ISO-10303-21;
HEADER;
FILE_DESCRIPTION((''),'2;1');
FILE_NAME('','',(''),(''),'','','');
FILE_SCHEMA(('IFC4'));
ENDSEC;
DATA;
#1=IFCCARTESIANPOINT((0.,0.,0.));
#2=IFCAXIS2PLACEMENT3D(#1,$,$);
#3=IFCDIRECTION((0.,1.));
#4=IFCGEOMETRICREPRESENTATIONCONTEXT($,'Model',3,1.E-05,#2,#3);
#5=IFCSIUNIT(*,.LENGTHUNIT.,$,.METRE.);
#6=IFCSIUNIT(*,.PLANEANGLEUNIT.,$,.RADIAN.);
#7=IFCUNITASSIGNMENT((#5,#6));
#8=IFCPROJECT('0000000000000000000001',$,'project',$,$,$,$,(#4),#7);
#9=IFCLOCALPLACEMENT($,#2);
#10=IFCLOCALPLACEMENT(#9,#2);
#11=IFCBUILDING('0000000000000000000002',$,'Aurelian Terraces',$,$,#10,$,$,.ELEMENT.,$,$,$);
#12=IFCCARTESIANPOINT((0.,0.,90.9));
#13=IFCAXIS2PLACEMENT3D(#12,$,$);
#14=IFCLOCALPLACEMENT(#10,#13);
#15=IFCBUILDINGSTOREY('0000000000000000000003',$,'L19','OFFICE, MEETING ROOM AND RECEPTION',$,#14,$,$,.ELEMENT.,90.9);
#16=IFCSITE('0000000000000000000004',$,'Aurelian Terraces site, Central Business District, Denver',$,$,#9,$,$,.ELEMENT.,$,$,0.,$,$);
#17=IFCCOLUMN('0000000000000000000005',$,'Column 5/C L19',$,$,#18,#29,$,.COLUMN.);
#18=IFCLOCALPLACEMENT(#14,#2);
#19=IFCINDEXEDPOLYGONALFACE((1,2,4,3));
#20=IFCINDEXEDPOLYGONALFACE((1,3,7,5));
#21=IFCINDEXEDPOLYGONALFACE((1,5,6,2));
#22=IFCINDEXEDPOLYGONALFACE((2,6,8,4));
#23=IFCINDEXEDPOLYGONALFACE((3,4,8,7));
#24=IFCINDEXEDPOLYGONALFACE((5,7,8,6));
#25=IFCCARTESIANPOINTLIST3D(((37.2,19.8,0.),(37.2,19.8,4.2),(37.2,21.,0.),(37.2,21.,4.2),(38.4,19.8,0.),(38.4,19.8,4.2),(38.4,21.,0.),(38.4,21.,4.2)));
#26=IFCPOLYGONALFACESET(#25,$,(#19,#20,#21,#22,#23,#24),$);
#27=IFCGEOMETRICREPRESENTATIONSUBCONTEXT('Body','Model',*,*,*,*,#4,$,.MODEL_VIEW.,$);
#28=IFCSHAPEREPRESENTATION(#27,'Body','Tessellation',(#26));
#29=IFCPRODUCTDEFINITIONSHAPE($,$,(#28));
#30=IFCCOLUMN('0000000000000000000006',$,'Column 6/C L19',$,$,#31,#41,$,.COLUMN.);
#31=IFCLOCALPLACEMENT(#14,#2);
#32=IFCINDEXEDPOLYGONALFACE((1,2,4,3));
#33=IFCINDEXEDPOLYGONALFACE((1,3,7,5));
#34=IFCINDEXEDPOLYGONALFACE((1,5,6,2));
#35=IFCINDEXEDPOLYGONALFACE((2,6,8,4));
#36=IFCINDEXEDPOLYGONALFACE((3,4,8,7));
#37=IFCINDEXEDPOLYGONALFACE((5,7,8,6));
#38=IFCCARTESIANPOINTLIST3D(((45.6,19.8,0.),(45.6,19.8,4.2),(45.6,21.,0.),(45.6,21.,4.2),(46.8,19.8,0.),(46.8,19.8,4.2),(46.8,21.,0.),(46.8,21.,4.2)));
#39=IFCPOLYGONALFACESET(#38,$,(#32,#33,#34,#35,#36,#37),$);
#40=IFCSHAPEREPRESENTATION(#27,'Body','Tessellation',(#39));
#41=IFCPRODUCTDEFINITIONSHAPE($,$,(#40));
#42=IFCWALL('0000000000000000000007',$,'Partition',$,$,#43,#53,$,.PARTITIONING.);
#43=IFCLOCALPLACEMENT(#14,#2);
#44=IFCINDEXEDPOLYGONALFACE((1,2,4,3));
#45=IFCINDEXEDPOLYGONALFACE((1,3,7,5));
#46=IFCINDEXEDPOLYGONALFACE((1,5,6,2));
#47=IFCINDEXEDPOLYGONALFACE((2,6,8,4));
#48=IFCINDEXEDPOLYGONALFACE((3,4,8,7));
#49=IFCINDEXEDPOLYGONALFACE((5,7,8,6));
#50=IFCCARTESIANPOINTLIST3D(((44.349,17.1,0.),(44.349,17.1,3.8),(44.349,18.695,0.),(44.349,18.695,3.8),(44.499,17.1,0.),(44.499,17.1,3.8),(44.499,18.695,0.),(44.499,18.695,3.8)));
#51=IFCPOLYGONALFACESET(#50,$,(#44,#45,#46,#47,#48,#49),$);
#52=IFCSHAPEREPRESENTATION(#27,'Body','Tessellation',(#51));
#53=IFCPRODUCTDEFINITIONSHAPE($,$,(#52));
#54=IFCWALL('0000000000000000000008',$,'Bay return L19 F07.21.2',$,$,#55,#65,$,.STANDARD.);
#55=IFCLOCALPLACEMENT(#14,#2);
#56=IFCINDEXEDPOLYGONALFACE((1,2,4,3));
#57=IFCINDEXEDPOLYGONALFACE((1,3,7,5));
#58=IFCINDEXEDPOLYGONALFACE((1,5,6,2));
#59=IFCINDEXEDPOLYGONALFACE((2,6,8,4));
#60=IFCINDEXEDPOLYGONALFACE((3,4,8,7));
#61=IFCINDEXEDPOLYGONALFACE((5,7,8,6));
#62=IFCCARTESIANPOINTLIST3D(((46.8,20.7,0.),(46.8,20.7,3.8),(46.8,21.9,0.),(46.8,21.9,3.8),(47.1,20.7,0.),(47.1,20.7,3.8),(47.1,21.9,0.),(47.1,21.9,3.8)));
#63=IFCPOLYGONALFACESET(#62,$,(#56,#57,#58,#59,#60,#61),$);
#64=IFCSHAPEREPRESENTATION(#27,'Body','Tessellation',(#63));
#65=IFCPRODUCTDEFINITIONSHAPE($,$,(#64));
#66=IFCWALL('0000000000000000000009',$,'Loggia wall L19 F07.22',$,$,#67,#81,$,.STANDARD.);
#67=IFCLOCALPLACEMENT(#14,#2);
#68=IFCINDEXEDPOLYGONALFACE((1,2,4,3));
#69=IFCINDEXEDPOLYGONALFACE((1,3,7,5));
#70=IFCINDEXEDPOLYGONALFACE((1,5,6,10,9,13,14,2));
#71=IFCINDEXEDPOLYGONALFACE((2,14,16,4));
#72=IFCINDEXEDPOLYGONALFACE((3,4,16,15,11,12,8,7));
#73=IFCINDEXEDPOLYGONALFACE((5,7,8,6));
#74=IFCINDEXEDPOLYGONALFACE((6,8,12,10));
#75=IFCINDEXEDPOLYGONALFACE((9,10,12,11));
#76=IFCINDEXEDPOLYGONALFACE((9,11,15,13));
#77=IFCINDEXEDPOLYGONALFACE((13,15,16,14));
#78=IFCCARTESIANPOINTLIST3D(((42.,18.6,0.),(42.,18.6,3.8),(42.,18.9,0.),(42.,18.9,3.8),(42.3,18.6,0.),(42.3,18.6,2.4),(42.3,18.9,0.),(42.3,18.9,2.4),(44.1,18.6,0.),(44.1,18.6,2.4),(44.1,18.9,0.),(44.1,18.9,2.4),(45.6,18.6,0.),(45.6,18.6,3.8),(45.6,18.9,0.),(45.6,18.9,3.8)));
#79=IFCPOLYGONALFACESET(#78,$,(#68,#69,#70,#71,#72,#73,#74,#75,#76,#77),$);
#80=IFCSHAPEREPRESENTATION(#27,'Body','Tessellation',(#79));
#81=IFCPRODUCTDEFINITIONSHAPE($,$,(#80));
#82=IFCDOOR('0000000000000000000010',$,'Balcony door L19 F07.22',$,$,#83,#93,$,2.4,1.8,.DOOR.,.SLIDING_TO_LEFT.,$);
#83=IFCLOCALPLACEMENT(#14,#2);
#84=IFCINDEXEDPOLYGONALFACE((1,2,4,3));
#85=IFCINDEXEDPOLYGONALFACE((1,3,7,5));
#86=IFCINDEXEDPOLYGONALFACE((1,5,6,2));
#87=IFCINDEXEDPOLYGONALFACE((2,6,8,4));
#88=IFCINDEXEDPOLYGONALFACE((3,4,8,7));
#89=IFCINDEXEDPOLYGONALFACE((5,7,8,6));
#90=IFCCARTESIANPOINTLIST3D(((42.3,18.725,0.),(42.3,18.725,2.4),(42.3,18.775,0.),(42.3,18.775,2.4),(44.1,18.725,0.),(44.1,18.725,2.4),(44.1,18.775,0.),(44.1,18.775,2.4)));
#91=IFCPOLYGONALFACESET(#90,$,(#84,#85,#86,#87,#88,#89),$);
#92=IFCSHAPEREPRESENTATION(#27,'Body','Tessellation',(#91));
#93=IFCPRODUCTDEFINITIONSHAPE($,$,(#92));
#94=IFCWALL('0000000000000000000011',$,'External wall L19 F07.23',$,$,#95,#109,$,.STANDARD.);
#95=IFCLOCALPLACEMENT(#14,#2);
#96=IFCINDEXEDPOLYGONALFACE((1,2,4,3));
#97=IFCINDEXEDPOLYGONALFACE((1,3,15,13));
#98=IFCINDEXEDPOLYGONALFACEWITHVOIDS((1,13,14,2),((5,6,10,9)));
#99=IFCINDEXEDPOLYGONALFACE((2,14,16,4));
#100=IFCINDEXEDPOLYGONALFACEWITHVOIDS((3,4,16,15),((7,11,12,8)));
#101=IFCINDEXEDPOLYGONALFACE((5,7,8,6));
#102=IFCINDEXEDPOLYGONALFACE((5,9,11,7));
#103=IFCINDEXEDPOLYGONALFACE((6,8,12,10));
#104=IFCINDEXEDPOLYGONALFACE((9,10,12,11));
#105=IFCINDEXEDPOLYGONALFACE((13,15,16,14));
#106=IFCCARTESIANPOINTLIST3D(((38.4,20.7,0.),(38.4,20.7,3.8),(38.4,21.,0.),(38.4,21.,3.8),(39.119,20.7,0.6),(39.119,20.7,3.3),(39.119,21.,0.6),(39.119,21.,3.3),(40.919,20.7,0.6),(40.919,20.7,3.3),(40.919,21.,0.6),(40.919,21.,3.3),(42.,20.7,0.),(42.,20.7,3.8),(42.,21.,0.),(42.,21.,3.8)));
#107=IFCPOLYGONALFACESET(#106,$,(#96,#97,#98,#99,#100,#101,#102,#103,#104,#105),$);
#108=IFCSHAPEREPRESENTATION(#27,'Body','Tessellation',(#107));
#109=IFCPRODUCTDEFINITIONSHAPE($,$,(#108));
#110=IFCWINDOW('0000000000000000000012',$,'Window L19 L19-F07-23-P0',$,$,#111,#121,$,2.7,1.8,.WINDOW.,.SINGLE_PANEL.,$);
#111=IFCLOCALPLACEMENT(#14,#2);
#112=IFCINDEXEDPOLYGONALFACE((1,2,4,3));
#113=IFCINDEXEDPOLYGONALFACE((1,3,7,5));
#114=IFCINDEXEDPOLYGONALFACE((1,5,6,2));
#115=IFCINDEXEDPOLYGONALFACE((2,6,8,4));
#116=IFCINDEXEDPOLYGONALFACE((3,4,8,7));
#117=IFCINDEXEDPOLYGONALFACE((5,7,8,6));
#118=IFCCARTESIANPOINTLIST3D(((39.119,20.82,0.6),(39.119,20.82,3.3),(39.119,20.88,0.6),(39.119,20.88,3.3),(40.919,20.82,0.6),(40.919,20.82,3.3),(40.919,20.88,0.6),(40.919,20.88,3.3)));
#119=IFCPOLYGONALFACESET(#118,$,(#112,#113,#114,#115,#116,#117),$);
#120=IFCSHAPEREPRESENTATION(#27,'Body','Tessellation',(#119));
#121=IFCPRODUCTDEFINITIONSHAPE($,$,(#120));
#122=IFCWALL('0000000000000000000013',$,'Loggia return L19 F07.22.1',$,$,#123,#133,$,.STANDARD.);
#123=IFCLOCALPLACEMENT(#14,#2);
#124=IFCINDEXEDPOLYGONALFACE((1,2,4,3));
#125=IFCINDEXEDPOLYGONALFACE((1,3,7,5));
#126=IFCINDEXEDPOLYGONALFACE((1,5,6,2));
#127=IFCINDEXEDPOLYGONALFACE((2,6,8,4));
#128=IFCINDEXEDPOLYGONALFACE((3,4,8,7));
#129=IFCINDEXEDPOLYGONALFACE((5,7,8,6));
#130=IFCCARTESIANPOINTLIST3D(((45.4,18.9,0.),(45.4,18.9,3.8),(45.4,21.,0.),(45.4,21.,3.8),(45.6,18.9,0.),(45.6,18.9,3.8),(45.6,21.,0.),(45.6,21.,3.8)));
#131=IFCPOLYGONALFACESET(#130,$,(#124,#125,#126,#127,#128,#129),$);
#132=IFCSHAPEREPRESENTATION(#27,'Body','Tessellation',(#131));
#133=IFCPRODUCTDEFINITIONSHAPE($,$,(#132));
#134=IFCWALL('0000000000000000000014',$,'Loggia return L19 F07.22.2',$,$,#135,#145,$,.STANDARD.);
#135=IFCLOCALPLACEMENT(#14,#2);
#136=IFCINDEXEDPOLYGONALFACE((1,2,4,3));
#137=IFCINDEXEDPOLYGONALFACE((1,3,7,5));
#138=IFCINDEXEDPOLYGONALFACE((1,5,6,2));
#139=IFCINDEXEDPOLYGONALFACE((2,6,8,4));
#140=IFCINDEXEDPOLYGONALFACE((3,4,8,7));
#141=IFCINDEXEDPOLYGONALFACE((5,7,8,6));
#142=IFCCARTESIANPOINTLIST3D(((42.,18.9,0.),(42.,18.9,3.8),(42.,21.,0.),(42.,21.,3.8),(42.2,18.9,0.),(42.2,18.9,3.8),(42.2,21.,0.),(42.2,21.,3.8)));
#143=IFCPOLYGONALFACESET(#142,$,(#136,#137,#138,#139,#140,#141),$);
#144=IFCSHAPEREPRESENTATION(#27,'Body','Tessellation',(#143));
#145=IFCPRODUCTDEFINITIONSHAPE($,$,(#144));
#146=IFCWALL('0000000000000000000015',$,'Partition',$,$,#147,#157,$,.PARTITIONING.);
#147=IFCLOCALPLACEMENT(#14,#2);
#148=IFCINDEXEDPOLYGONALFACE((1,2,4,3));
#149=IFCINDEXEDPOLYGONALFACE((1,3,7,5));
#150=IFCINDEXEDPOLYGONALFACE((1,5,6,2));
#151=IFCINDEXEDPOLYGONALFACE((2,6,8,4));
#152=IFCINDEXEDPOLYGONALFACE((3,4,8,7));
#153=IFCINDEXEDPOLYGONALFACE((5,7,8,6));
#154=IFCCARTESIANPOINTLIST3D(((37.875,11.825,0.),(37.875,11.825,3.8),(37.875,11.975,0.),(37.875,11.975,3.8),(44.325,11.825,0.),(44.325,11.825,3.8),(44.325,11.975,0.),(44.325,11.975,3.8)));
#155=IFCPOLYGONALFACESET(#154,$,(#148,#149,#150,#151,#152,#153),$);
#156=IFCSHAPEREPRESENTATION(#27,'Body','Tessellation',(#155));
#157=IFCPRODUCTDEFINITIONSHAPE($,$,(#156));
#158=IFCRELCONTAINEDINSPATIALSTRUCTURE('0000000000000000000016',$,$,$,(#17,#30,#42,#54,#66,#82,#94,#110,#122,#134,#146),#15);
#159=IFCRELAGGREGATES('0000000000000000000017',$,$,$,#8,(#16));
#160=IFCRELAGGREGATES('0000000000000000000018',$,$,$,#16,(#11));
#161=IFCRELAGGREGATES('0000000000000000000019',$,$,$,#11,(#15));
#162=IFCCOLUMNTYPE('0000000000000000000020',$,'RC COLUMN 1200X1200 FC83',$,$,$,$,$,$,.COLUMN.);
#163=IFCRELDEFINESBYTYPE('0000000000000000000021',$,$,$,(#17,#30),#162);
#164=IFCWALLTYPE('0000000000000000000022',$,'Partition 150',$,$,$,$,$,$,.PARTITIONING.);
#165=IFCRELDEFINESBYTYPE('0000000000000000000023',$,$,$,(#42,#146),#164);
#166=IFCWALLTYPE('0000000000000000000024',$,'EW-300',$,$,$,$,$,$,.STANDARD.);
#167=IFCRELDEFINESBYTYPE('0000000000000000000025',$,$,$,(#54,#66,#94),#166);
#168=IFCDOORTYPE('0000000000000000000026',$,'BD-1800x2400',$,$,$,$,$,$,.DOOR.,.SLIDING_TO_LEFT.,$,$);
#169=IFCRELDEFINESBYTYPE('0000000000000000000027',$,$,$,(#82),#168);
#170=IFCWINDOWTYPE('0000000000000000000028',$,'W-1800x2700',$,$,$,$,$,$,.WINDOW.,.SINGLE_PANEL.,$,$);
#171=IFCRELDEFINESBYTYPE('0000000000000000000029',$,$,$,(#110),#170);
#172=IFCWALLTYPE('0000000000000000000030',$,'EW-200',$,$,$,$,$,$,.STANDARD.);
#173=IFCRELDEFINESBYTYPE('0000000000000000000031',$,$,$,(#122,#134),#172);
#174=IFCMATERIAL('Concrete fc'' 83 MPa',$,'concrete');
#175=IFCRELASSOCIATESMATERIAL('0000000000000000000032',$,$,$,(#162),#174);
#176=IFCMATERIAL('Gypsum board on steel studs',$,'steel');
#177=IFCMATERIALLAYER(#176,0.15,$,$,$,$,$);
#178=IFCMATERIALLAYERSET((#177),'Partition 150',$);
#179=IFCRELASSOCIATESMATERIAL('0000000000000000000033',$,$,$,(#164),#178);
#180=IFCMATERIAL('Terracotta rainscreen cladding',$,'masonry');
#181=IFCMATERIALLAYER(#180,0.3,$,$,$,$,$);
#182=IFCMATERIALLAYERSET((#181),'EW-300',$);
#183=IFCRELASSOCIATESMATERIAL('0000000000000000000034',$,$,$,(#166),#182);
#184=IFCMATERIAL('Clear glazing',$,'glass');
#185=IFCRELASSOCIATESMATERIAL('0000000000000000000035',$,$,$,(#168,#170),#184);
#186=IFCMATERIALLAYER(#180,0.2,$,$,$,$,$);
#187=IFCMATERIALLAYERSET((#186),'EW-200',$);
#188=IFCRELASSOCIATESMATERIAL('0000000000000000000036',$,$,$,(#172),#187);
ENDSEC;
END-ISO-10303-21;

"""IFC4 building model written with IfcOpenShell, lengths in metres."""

from ifc_helpers import new_model, si_unit, direction, frame, frame_2d, origin, origin_2d, place, context, subcontext, project, spatial, rectangle, extrude, source, transform, mapped, material, layer, layer_set, material_profile, profile_set, type_object, element, fill, save


model = new_model("IFC4")

# Units and contexts
model_context = context("Model", 3, precision=1e-05, world=origin(), true_north=direction((0.0, 1.0)))
body_context = subcontext(model_context, "Body", "Model", "MODEL_VIEW")
ifc_project = project(units=[si_unit("LENGTHUNIT", "METRE"), si_unit("PLANEANGLEUNIT", "RADIAN")], contexts=[model_context])

# Site, building, storey
site_placement = place(None, origin())
site = spatial("IfcSite", under=ifc_project, at=site_placement, Name="Aurelian Terraces site, Central Business District, Denver", CompositionType="ELEMENT", RefElevation=0.0)
building_placement = place(site_placement, origin())
building = spatial("IfcBuilding", under=site, at=building_placement, Name="Aurelian Terraces", CompositionType="ELEMENT")
storey_placement = place(building_placement, frame((0.0, 0.0, 90.9)))
storey = spatial("IfcBuildingStorey", under=building, at=storey_placement, Name="L19", Description="OFFICE, MEETING ROOM AND RECEPTION", CompositionType="ELEMENT", Elevation=90.9)

# Columns
ifc_material_1 = material(Name="Concrete fc' 83 MPa", Category="concrete")
ifc_material_profile = material_profile(ifc_material_1, rectangle(XDim=1.2, YDim=1.2, at=origin_2d()))
ifc_profile_set = profile_set([ifc_material_profile], Name="Concrete fc' 83 MPa")
column_type = type_object("IfcColumnType", Name="RC COLUMN 1200X1200 FC83", PredefinedType="COLUMN", material=ifc_profile_set)
shared_shape_1 = source(origin(), body_context, "Body", "SweptSolid", [
    extrude(rectangle(XDim=1.2, YDim=1.2, at=origin_2d()), origin(), (0.0, 0.0, 1.0), 4.2),
])
for number, where, z_axis, x_axis, name in (
    (1, (37.8, 20.4, 0.0), (0.0, 0.0, 1.0), (1.0, 0.0, 0.0), "Column 5/C L19"),
    (2, (46.2, 20.4, 0.0), (0.0, 0.0, 1.0), (1.0, 0.0, 0.0), "Column 6/C L19"),
):
    element("IfcColumn", number, at=place(storey_placement, frame(where, z_axis=z_axis, x_axis=x_axis)), inside=storey, type_object=column_type, Name=name, PredefinedType="COLUMN", context=body_context, shape_type="MappedRepresentation", body=[
        mapped(shared_shape_1, transform((0.0, 0.0, 0.0), scale=1.0)),
    ])

# Walls
ifc_material_2 = material(Name="Gypsum board on steel studs", Category="steel")
ifc_layer_1 = layer(ifc_material_2, 0.15)
ifc_layer_set_1 = layer_set([ifc_layer_1], Name="Partition 150")
wall_type_1 = type_object("IfcWallType", Name="Partition 150", PredefinedType="PARTITIONING", material=ifc_layer_set_1)
wall_1_placement = place(storey_placement, frame((44.424, 18.695, 0.0), z_axis=(0.0, 0.0, 1.0), x_axis=(0.0, -1.0, 0.0)))
element("IfcWall", 3, at=wall_1_placement, inside=storey, type_object=wall_type_1, Name="Partition", PredefinedType="PARTITIONING", context=body_context, shape_type="SweptSolid", body=[
    extrude(rectangle(XDim=1.595, YDim=0.15, at=frame_2d((0.7975, 0.0))), origin(), (0.0, 0.0, 1.0), 3.8),
])
ifc_material_3 = material(Name="Terracotta rainscreen cladding", Category="masonry")
ifc_layer_2 = layer(ifc_material_3, 0.3)
ifc_layer_set_2 = layer_set([ifc_layer_2], Name="EW-300")
wall_type_2 = type_object("IfcWallType", Name="EW-300", PredefinedType="STANDARD", material=ifc_layer_set_2)
shared_shape_2 = source(origin(), body_context, "Body", "SweptSolid", [
    extrude(rectangle(XDim=1.2, YDim=0.3, at=frame_2d((0.6, 0.0))), origin(), (0.0, 0.0, 1.0), 3.8),
])
wall_2_placement = place(storey_placement, frame((46.95, 20.7, 0.0), z_axis=(0.0, 0.0, 1.0), x_axis=(0.0, 1.0, 0.0)))
element("IfcWall", 4, at=wall_2_placement, inside=storey, type_object=wall_type_2, Name="Bay return L19 F07.21.2", PredefinedType="STANDARD", context=body_context, shape_type="MappedRepresentation", body=[
    mapped(shared_shape_2, transform((0.0, 0.0, 0.0), scale=1.0)),
])

# Wall, opening, door
shared_shape_3 = source(origin(), body_context, "Body", "SweptSolid", [
    extrude(rectangle(XDim=3.6, YDim=0.3, at=frame_2d((1.8, 0.0))), origin(), (0.0, 0.0, 1.0), 3.8),
])
wall_3_placement = place(storey_placement, frame((45.6, 18.75, 0.0), z_axis=(0.0, 0.0, 1.0), x_axis=(-1.0, 0.0, 0.0)))
wall_3 = element("IfcWall", 5, at=wall_3_placement, inside=storey, type_object=wall_type_2, Name="Loggia wall L19 F07.22", PredefinedType="STANDARD", context=body_context, shape_type="MappedRepresentation", body=[
    mapped(shared_shape_3, transform((0.0, 0.0, 0.0), scale=1.0)),
])
shared_shape_4 = source(origin(), body_context, "Body", "SweptSolid", [
    extrude(rectangle(XDim=1.8, YDim=2.4, at=frame_2d((0.9, 1.2))), frame((0.0, 0.16, 0.0), z_axis=(0.0, -1.0, 0.0), x_axis=(1.0, 0.0, 0.0)), (0.0, 0.0, 1.0), 0.32),
])
opening_1_placement = place(wall_3_placement, frame((1.5, 0.0, 0.0)))
opening_1 = element("IfcOpeningElement", 6, at=opening_1_placement, cuts=wall_3, PredefinedType="OPENING", context=body_context, shape_type="MappedRepresentation", body=[
    mapped(shared_shape_4, transform((0.0, 0.0, 0.0), scale=1.0)),
])
ifc_material_4 = material(Name="Clear glazing", Category="glass")
door_type_1 = type_object("IfcDoorType", Name="BD-1800x2400", OperationType="SLIDING_TO_LEFT", PredefinedType="DOOR", material=ifc_material_4)
shared_shape_5 = source(origin(), body_context, "Body", "SweptSolid", [
    extrude(rectangle(XDim=1.8, YDim=2.4, at=frame_2d((0.9, 1.2))), frame((0.0, 0.025, 0.0), z_axis=(0.0, -1.0, 0.0), x_axis=(1.0, 0.0, 0.0)), (0.0, 0.0, 1.0), 0.05),
])
door_1_placement = place(opening_1_placement, origin())
door_1 = element("IfcDoor", 7, at=door_1_placement, inside=storey, type_object=door_type_1, Name="Balcony door L19 F07.22", OperationType="SLIDING_TO_LEFT", OverallHeight=2.4, OverallWidth=1.8, PredefinedType="DOOR", context=body_context, shape_type="MappedRepresentation", body=[
    mapped(shared_shape_5, transform((0.0, 0.0, 0.0), scale=1.0)),
])
fill(opening_1, door_1)

# Wall, opening, window
wall_4_placement = place(storey_placement, frame((42.0, 20.85, 0.0), z_axis=(0.0, 0.0, 1.0), x_axis=(-1.0, 0.0, 0.0)))
wall_4 = element("IfcWall", 8, at=wall_4_placement, inside=storey, type_object=wall_type_2, Name="External wall L19 F07.23", PredefinedType="STANDARD", context=body_context, shape_type="MappedRepresentation", body=[
    mapped(shared_shape_3, transform((0.0, 0.0, 0.0), scale=1.0)),
])
shared_shape_6 = source(origin(), body_context, "Body", "SweptSolid", [
    extrude(rectangle(XDim=1.8, YDim=2.7, at=frame_2d((0.9, 1.35))), frame((0.0, 0.16, 0.0), z_axis=(0.0, -1.0, 0.0), x_axis=(1.0, 0.0, 0.0)), (0.0, 0.0, 1.0), 0.32),
])
opening_2_placement = place(wall_4_placement, frame((1.081, 0.0, 0.6)))
opening_2 = element("IfcOpeningElement", 9, at=opening_2_placement, cuts=wall_4, PredefinedType="OPENING", context=body_context, shape_type="MappedRepresentation", body=[
    mapped(shared_shape_6, transform((0.0, 0.0, 0.0), scale=1.0)),
])
window_type = type_object("IfcWindowType", Name="W-1800x2700", PartitioningType="SINGLE_PANEL", PredefinedType="WINDOW", material=ifc_material_4)
shared_shape_7 = source(origin(), body_context, "Body", "SweptSolid", [
    extrude(rectangle(XDim=1.8, YDim=2.7, at=frame_2d((0.9, 1.35))), frame((0.0, 0.03, 0.0), z_axis=(0.0, -1.0, 0.0), x_axis=(1.0, 0.0, 0.0)), (0.0, 0.0, 1.0), 0.06),
])
window_placement = place(opening_2_placement, origin())
window = element("IfcWindow", 10, at=window_placement, inside=storey, type_object=window_type, Name="Window L19 L19-F07-23-P0", OverallHeight=2.7, OverallWidth=1.8, PartitioningType="SINGLE_PANEL", PredefinedType="WINDOW", context=body_context, shape_type="MappedRepresentation", body=[
    mapped(shared_shape_7, transform((0.0, 0.0, 0.0), scale=1.0)),
])
fill(opening_2, window)

# Walls
ifc_layer_3 = layer(ifc_material_3, 0.2)
ifc_layer_set_3 = layer_set([ifc_layer_3], Name="EW-200")
wall_type_3 = type_object("IfcWallType", Name="EW-200", PredefinedType="STANDARD", material=ifc_layer_set_3)
shared_shape_8 = source(origin(), body_context, "Body", "SweptSolid", [
    extrude(rectangle(XDim=2.1, YDim=0.2, at=frame_2d((1.05, 0.0))), origin(), (0.0, 0.0, 1.0), 3.8),
])
for number, where, z_axis, x_axis, name in (
    (11, (45.5, 21.0, 0.0), (0.0, 0.0, 1.0), (0.0, -1.0, 0.0), "Loggia return L19 F07.22.1"),
    (12, (42.1, 21.0, 0.0), (0.0, 0.0, 1.0), (0.0, -1.0, 0.0), "Loggia return L19 F07.22.2"),
):
    element("IfcWall", number, at=place(storey_placement, frame(where, z_axis=z_axis, x_axis=x_axis)), inside=storey, type_object=wall_type_3, Name=name, PredefinedType="STANDARD", context=body_context, shape_type="MappedRepresentation", body=[
        mapped(shared_shape_8, transform((0.0, 0.0, 0.0), scale=1.0)),
    ])
shared_shape_9 = source(origin(), body_context, "Body", "SweptSolid", [
    extrude(rectangle(XDim=6.45, YDim=0.15, at=frame_2d((3.225, 0.0))), origin(), (0.0, 0.0, 1.0), 3.8),
])
wall_5_placement = place(storey_placement, frame((37.875, 11.9, 0.0), z_axis=(0.0, 0.0, 1.0), x_axis=(1.0, 0.0, 0.0)))
element("IfcWall", 13, at=wall_5_placement, inside=storey, type_object=wall_type_1, Name="Partition", PredefinedType="PARTITIONING", context=body_context, shape_type="MappedRepresentation", body=[
    mapped(shared_shape_9, transform((0.0, 0.0, 0.0), scale=1.0)),
])

save(model, "model.ifc")
